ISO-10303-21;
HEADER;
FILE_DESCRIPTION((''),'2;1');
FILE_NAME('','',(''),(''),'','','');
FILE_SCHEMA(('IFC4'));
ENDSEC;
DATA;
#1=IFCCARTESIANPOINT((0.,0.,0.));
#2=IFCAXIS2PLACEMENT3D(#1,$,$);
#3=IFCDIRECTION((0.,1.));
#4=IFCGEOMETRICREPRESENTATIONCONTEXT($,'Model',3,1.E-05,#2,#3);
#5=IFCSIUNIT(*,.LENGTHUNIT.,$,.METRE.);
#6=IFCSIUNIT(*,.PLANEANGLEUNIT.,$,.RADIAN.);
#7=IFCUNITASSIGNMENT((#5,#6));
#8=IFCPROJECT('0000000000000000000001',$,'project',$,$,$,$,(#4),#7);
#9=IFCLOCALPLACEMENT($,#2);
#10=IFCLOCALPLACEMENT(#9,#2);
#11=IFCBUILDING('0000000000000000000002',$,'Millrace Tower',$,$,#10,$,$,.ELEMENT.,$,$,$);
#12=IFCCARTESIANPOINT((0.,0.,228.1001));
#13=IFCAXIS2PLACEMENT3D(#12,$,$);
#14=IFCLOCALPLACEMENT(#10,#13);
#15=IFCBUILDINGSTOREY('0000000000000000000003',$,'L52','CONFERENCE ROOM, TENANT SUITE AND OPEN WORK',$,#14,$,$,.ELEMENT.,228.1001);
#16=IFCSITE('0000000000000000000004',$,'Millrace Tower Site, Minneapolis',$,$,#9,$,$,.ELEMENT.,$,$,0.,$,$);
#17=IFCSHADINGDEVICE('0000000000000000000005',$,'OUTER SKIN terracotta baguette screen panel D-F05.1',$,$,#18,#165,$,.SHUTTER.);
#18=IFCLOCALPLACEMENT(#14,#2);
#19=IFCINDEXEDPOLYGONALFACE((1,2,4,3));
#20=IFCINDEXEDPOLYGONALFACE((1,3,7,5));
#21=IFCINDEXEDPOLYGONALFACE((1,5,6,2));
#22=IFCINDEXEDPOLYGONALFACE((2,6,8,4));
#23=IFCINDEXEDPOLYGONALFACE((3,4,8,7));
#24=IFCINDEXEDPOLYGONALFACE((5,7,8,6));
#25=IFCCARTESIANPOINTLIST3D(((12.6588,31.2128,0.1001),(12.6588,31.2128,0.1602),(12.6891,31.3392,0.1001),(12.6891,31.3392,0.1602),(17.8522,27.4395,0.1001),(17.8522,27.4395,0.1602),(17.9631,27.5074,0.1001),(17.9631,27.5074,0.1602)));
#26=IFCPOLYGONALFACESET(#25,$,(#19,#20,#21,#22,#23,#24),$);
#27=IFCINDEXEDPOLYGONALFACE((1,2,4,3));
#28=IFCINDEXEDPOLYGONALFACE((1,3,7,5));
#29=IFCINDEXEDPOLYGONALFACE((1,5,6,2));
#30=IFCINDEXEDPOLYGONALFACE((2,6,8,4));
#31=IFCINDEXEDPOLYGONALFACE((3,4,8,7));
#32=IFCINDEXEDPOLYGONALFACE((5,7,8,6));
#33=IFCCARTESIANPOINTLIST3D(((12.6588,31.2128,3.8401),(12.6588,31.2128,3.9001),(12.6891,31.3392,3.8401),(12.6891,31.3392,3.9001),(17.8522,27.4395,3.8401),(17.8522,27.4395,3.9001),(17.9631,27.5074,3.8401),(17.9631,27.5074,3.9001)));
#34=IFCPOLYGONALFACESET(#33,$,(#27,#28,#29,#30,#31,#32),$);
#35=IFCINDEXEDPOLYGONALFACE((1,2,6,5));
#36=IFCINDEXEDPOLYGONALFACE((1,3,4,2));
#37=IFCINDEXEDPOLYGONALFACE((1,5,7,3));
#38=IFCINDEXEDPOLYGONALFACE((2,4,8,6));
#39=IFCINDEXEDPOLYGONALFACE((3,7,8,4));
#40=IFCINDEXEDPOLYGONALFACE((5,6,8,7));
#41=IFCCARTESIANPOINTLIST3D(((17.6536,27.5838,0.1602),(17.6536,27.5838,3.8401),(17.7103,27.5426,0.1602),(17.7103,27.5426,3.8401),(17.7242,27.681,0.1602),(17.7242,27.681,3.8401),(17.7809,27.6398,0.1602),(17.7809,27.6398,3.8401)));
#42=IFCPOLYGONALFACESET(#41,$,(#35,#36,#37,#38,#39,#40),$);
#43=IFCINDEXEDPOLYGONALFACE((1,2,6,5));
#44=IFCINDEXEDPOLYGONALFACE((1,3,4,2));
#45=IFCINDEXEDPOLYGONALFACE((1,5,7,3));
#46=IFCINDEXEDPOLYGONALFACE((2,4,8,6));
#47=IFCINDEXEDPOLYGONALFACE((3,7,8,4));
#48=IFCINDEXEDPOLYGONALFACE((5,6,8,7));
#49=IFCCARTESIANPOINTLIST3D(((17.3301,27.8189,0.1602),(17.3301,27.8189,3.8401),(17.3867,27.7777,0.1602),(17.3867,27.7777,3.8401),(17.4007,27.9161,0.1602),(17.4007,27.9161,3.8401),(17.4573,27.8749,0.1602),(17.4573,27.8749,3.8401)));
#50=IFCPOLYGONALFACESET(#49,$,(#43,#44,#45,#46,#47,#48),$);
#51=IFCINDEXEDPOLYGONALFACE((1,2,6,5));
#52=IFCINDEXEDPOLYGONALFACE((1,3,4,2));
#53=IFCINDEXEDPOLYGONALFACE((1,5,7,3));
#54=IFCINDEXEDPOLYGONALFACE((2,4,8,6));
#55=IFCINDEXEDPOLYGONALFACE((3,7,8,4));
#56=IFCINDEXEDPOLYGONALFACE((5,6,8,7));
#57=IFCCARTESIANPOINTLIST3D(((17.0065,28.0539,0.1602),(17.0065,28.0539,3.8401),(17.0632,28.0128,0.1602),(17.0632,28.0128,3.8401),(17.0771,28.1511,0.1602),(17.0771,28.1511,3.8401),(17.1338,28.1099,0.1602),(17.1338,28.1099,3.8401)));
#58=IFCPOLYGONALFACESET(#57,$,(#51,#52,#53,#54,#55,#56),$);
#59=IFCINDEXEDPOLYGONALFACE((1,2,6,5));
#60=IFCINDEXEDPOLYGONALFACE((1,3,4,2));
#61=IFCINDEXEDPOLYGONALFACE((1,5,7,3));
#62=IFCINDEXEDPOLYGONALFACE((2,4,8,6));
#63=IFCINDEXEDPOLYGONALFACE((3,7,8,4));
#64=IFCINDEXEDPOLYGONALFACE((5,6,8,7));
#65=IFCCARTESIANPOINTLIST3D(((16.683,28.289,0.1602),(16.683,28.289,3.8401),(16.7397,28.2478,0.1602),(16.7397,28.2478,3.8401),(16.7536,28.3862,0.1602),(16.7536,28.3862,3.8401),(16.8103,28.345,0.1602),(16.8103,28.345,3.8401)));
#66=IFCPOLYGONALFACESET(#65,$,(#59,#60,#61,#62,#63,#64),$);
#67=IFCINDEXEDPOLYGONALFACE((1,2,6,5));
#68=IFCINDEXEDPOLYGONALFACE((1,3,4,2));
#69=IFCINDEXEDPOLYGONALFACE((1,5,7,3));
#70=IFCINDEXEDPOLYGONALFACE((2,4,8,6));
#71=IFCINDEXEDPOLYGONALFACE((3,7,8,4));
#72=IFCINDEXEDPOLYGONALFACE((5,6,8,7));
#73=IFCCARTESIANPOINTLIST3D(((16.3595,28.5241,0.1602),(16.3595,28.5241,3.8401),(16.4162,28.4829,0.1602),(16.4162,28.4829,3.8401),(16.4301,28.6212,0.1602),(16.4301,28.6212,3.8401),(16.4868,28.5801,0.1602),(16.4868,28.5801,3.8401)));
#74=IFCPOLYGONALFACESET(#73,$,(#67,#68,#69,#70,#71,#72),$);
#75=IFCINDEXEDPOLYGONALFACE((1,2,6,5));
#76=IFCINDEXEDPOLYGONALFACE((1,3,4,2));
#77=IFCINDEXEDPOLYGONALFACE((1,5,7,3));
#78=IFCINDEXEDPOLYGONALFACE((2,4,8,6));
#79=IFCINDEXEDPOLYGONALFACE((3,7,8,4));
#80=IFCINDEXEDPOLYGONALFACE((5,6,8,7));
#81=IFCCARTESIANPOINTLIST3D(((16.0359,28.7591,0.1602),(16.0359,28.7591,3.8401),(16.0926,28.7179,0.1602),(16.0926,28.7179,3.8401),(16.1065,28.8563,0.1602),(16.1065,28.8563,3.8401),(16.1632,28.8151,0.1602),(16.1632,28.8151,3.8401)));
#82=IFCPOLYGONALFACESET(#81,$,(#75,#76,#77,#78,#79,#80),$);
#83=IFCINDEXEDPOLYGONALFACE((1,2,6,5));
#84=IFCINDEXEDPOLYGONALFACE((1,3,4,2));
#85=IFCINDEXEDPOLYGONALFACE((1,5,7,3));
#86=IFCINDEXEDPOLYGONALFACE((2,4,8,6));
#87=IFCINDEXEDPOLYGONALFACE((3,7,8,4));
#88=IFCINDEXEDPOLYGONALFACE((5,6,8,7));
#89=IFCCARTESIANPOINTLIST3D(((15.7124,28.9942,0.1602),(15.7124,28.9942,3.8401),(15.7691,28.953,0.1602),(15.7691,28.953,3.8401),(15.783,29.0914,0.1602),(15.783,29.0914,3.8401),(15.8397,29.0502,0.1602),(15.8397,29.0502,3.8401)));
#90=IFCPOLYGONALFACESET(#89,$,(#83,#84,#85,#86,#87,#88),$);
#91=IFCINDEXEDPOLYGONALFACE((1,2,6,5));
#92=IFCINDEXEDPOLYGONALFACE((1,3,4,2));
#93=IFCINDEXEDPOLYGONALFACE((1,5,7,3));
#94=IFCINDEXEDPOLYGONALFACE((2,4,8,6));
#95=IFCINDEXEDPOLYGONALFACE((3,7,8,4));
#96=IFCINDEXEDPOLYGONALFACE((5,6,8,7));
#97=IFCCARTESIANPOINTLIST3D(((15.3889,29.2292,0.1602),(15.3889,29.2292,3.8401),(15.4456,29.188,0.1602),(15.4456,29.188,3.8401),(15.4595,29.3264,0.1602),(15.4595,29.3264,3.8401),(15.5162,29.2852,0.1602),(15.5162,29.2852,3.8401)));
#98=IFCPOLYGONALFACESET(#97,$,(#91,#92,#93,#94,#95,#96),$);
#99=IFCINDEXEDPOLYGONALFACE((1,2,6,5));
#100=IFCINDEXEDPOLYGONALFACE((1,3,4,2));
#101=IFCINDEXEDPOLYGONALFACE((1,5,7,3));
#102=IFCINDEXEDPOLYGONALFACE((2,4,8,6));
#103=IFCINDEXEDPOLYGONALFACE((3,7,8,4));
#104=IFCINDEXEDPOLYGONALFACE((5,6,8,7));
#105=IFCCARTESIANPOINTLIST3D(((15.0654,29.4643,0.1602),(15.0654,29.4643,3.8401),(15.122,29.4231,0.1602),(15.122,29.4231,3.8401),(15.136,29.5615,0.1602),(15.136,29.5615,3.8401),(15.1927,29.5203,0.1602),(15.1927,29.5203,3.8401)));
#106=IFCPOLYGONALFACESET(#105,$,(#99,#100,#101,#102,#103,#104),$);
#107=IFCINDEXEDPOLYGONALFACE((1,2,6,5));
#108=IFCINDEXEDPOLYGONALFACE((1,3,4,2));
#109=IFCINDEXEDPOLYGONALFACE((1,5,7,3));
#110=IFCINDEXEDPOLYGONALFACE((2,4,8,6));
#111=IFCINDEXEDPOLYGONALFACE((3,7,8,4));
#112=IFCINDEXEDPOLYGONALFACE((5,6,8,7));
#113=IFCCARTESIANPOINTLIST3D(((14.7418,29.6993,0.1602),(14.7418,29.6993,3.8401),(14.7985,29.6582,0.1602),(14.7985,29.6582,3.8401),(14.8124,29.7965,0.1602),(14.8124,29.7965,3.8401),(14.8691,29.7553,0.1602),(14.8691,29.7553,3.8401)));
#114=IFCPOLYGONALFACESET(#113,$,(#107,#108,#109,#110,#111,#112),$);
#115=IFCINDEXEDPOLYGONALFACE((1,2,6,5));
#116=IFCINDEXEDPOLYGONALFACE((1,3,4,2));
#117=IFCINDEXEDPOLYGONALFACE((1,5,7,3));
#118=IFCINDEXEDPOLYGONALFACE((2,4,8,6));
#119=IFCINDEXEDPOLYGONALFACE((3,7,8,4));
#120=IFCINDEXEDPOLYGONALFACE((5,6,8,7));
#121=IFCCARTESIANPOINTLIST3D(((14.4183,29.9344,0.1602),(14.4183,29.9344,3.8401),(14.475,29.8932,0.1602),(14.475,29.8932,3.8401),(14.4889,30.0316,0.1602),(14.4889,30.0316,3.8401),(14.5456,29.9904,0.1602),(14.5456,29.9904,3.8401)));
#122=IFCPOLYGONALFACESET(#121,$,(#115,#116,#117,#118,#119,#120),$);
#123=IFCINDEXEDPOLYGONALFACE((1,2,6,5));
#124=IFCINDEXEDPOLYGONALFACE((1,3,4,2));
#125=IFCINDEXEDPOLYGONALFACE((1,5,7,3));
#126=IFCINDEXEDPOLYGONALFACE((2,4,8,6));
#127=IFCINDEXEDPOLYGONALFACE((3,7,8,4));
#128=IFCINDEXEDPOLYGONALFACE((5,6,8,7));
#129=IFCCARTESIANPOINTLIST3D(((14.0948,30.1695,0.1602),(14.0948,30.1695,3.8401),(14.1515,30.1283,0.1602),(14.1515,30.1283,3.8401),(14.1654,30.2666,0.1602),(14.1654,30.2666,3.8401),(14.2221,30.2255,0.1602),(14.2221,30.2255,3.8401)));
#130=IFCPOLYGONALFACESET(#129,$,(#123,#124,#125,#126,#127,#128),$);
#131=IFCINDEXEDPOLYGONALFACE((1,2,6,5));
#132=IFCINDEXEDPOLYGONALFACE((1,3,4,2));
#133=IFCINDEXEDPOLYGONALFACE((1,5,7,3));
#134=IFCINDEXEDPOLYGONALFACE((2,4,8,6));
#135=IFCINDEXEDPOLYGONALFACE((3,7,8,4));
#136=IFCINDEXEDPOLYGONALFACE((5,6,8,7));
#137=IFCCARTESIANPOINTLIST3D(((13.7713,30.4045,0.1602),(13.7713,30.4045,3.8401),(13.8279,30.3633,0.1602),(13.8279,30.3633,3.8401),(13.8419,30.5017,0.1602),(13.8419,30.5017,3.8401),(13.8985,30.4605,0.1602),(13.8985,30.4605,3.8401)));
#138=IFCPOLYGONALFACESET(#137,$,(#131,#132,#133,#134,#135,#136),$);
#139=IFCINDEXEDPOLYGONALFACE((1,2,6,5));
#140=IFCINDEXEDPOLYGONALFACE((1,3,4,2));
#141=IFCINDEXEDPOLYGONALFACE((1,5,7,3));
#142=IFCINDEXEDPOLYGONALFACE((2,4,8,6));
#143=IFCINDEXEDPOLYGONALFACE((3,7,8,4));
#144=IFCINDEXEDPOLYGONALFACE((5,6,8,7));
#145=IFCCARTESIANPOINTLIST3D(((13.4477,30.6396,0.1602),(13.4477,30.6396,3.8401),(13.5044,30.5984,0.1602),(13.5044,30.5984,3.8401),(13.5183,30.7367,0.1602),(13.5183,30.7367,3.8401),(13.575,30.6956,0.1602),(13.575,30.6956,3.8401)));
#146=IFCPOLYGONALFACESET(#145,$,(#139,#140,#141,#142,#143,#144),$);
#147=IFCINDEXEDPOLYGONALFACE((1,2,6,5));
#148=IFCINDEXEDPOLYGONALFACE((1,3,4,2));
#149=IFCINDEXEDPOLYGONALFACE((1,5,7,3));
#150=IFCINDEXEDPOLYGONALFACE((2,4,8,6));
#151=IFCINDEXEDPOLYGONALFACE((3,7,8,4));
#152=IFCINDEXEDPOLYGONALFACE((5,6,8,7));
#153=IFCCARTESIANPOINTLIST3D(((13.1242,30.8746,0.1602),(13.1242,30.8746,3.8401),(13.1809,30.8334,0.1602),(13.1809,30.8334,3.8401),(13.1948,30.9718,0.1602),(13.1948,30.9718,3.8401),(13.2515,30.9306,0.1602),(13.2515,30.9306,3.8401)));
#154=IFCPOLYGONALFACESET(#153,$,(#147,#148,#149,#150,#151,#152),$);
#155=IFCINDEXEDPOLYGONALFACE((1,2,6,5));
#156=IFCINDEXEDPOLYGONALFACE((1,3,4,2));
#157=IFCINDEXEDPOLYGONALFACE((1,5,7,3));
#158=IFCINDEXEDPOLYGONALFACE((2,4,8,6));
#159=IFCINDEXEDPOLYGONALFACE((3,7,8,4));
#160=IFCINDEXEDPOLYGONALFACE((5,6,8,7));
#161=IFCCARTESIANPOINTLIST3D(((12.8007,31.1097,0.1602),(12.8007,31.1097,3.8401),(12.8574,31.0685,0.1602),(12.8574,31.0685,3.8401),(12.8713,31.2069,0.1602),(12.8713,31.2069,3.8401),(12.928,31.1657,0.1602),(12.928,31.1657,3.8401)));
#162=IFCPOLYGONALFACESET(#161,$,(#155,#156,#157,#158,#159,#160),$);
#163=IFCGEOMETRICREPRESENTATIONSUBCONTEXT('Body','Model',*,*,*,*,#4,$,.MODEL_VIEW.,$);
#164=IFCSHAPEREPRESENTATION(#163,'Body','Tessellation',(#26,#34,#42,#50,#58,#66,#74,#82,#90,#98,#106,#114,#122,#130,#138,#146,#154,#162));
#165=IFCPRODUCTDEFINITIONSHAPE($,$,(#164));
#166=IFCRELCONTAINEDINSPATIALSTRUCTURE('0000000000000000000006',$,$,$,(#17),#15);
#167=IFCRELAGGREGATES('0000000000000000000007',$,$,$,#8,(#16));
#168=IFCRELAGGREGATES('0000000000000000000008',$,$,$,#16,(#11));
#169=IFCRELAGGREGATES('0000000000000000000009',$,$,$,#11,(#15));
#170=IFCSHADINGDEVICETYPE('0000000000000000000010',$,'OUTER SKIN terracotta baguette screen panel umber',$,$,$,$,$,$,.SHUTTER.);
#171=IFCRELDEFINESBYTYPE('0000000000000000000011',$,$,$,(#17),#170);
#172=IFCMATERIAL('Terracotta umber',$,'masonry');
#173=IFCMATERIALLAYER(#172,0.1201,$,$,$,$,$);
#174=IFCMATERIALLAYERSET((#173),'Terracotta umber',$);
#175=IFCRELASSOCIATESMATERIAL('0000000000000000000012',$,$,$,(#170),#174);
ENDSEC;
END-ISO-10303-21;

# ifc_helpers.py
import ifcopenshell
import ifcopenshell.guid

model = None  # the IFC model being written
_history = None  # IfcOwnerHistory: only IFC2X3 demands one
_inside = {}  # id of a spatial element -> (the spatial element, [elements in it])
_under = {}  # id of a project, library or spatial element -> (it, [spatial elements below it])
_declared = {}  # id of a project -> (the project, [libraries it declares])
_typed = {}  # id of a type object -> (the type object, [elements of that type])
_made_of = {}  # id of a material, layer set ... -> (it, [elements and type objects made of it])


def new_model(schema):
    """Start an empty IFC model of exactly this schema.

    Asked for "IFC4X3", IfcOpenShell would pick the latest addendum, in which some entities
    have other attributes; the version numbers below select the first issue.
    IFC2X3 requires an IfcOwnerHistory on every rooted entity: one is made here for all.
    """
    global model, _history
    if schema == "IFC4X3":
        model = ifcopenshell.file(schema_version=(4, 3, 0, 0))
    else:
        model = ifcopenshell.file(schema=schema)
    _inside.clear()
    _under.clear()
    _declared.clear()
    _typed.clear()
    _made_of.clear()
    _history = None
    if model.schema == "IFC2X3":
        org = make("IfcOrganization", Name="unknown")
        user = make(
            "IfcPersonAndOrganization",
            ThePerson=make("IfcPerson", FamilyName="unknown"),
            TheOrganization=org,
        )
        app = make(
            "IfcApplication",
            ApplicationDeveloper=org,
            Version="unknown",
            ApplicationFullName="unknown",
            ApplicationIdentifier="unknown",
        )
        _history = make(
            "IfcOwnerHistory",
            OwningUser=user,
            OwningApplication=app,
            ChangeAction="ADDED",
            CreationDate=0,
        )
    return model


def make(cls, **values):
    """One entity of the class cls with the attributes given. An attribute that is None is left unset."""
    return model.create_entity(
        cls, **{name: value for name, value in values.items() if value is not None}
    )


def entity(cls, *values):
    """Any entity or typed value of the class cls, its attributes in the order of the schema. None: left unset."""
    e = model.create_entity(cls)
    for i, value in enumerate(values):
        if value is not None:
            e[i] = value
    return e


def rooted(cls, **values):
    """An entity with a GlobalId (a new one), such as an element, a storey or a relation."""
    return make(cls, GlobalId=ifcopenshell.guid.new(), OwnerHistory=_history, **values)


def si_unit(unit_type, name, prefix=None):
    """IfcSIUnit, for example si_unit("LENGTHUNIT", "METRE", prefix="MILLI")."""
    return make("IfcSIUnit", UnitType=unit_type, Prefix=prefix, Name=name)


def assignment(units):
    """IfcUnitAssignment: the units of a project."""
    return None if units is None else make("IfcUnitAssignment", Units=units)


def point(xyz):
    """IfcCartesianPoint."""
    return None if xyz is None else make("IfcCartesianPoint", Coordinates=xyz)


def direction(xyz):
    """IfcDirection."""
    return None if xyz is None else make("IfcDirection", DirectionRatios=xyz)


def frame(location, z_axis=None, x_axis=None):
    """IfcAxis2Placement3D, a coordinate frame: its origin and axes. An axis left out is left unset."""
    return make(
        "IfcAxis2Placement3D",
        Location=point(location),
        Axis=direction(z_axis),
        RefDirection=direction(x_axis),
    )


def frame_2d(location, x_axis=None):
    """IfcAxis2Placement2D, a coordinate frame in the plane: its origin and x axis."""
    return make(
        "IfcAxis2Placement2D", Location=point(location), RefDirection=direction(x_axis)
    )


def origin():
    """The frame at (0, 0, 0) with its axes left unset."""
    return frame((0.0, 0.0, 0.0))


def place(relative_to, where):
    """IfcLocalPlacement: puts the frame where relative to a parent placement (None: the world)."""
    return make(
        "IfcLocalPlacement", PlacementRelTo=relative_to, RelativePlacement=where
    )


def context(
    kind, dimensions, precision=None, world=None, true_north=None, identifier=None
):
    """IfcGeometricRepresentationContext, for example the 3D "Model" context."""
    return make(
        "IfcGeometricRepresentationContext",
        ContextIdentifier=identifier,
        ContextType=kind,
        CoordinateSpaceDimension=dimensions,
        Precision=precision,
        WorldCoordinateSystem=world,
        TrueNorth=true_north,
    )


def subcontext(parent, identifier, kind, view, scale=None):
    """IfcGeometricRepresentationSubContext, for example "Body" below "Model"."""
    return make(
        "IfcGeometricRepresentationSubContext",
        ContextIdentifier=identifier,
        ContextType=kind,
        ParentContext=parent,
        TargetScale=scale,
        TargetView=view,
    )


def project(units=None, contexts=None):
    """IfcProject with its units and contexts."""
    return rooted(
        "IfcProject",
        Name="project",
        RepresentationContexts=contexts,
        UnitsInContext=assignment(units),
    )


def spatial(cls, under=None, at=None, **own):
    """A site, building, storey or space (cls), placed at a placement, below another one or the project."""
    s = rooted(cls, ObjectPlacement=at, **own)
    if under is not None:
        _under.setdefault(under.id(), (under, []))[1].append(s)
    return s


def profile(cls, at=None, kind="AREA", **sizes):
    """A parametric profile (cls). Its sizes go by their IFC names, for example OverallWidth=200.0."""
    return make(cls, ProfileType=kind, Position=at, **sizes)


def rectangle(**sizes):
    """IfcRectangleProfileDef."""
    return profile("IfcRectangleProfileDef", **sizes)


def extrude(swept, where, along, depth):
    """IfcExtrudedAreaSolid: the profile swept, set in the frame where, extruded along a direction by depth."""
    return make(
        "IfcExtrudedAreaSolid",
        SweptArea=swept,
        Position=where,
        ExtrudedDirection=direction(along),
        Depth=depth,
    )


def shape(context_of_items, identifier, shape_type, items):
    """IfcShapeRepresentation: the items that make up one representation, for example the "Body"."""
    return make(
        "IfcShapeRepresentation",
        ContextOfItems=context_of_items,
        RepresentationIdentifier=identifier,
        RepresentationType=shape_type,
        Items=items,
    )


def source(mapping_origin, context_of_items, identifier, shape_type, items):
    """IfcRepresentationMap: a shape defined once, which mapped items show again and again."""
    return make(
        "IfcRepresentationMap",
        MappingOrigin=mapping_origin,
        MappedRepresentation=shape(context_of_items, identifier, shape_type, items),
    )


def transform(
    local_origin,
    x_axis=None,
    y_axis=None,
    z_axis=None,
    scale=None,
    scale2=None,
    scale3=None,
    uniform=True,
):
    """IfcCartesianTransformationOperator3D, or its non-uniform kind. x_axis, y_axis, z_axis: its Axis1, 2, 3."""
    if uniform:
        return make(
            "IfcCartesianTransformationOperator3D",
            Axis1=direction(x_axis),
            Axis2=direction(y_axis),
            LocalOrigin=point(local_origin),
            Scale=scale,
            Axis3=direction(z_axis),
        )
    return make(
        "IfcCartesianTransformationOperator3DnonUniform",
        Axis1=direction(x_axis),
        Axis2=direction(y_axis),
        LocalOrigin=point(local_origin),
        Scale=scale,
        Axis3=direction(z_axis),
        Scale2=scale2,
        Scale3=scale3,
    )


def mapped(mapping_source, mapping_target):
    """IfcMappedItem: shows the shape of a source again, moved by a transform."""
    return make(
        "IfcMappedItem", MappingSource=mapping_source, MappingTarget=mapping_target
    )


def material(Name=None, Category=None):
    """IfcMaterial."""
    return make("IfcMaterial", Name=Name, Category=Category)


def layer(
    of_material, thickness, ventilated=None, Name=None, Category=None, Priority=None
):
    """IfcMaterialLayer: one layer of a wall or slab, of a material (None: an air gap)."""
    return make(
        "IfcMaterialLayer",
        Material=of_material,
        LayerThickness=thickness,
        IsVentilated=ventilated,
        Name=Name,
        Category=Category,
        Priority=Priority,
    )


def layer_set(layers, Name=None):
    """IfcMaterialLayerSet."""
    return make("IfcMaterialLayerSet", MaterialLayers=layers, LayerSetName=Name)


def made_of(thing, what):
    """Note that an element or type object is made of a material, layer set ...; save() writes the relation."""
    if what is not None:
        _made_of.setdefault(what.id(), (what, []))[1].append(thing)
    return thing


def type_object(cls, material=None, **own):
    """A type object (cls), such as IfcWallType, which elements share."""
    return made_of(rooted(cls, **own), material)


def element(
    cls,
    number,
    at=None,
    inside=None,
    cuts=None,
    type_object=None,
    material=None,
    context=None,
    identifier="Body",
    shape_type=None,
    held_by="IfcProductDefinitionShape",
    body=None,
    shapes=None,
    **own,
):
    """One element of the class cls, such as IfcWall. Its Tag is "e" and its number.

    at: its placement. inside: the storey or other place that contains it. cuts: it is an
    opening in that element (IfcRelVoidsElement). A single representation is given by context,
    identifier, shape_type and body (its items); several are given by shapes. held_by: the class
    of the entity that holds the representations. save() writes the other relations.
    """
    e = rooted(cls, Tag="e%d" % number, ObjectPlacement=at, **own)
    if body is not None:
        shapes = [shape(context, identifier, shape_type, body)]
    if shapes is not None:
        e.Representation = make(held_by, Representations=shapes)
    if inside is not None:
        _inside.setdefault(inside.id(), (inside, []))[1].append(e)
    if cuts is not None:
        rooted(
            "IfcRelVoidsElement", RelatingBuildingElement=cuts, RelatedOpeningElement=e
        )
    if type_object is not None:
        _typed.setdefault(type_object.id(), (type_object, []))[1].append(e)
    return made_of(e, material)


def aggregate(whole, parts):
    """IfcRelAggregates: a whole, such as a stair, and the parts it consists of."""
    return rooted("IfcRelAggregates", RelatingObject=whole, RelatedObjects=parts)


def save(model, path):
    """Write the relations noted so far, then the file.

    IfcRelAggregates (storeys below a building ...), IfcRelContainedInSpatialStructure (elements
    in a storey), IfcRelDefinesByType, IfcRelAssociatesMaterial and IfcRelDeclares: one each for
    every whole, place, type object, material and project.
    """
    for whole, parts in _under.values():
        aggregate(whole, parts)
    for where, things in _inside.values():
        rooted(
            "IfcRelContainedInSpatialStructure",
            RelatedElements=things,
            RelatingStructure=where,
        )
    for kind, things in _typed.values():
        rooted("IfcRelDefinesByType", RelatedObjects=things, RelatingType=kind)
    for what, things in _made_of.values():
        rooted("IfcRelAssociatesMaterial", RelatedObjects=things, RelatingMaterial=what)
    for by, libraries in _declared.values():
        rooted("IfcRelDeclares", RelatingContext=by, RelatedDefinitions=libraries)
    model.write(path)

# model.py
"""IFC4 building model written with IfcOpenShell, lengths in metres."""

from ifc_helpers import new_model, entity, si_unit, direction, frame, frame_2d, origin, place, context, subcontext, project, spatial, rectangle, extrude, source, transform, mapped, material, layer, layer_set, type_object, element, save


model = new_model("IFC4")

# Units and contexts
model_context = context("Model", 3, precision=1e-05, world=origin(), true_north=direction((0.0, 1.0)))
body_context = subcontext(model_context, "Body", "Model", "MODEL_VIEW")
ifc_project = project(units=[si_unit("LENGTHUNIT", "METRE"), si_unit("PLANEANGLEUNIT", "RADIAN")], contexts=[model_context])

# Site, building, storey
site_placement = place(None, origin())
site = spatial("IfcSite", under=ifc_project, at=site_placement, Name="Millrace Tower Site, Minneapolis", CompositionType="ELEMENT", RefElevation=0.0)
building_placement = place(site_placement, origin())
building = spatial("IfcBuilding", under=site, at=building_placement, Name="Millrace Tower", CompositionType="ELEMENT")
storey_placement = place(building_placement, frame((0.0, 0.0, 228.1001)))
storey = spatial("IfcBuildingStorey", under=building, at=storey_placement, Name="L52", Description="CONFERENCE ROOM, TENANT SUITE AND OPEN WORK", CompositionType="ELEMENT", Elevation=228.1001)

# Shading device
ifc_material_1 = material(Name="Terracotta umber", Category="masonry")
ifc_layer_1 = layer(ifc_material_1, 0.1201)
ifc_layer_set_1 = layer_set([ifc_layer_1], Name="Terracotta umber")
shading_device_type = type_object("IfcShadingDeviceType", Name="OUTER SKIN terracotta baguette screen panel umber", PredefinedType="SHUTTER", material=ifc_layer_set_1)
cartesian_point_1 = entity("IfcCartesianPoint", [-3.2097, 0.0601])
shared_polyline_1 = entity("IfcPolyline", [cartesian_point_1, entity("IfcCartesianPoint", [3.2097, 0.0601]), entity("IfcCartesianPoint", [3.2595, -0.0601]), entity("IfcCartesianPoint", [-3.2595, -0.0601]), cartesian_point_1])
shared_shape_1 = source(origin(), body_context, "Body", "SweptSolid", [
    entity("IfcExtrudedAreaSolid", entity("IfcArbitraryClosedProfileDef", "AREA", None, shared_polyline_1), entity("IfcAxis2Placement3D", entity("IfcCartesianPoint", [0.0, 0.0, 0.0])), entity("IfcDirection", [0.0, 0.0, 1.0]), 0.0601),
    entity("IfcExtrudedAreaSolid", entity("IfcArbitraryClosedProfileDef", "AREA", None, shared_polyline_1), entity("IfcAxis2Placement3D", entity("IfcCartesianPoint", [0.0, 0.0, 3.74])), entity("IfcDirection", [0.0, 0.0, 1.0]), 0.0601),
    extrude(rectangle(XDim=0.0701, YDim=0.1201, at=frame_2d((-2.9993, 0.0))), frame((0.0, 0.0, 0.0601)), (0.0, 0.0, 1.0), 3.6799),
    extrude(rectangle(XDim=0.0701, YDim=0.1201, at=frame_2d((-2.5994, 0.0))), frame((0.0, 0.0, 0.0601)), (0.0, 0.0, 1.0), 3.6799),
    extrude(rectangle(XDim=0.0701, YDim=0.1201, at=frame_2d((-2.1995, 0.0))), frame((0.0, 0.0, 0.0601)), (0.0, 0.0, 1.0), 3.6799),
    extrude(rectangle(XDim=0.0701, YDim=0.1201, at=frame_2d((-1.7996, 0.0))), frame((0.0, 0.0, 0.0601)), (0.0, 0.0, 1.0), 3.6799),
    extrude(rectangle(XDim=0.0701, YDim=0.1201, at=frame_2d((-1.3997, 0.0))), frame((0.0, 0.0, 0.0601)), (0.0, 0.0, 1.0), 3.6799),
    extrude(rectangle(XDim=0.0701, YDim=0.1201, at=frame_2d((-0.9998, 0.0))), frame((0.0, 0.0, 0.0601)), (0.0, 0.0, 1.0), 3.6799),
    extrude(rectangle(XDim=0.0701, YDim=0.1201, at=frame_2d((-0.5999, 0.0))), frame((0.0, 0.0, 0.0601)), (0.0, 0.0, 1.0), 3.6799),
    extrude(rectangle(XDim=0.0701, YDim=0.1201, at=frame_2d((-0.2, 0.0))), frame((0.0, 0.0, 0.0601)), (0.0, 0.0, 1.0), 3.6799),
    extrude(rectangle(XDim=0.0701, YDim=0.1201, at=frame_2d((0.2, 0.0))), frame((0.0, 0.0, 0.0601)), (0.0, 0.0, 1.0), 3.6799),
    extrude(rectangle(XDim=0.0701, YDim=0.1201, at=frame_2d((0.5999, 0.0))), frame((0.0, 0.0, 0.0601)), (0.0, 0.0, 1.0), 3.6799),
    extrude(rectangle(XDim=0.0701, YDim=0.1201, at=frame_2d((0.9998, 0.0))), frame((0.0, 0.0, 0.0601)), (0.0, 0.0, 1.0), 3.6799),
    extrude(rectangle(XDim=0.0701, YDim=0.1201, at=frame_2d((1.3997, 0.0))), frame((0.0, 0.0, 0.0601)), (0.0, 0.0, 1.0), 3.6799),
    extrude(rectangle(XDim=0.0701, YDim=0.1201, at=frame_2d((1.7996, 0.0))), frame((0.0, 0.0, 0.0601)), (0.0, 0.0, 1.0), 3.6799),
    extrude(rectangle(XDim=0.0701, YDim=0.1201, at=frame_2d((2.1995, 0.0))), frame((0.0, 0.0, 0.0601)), (0.0, 0.0, 1.0), 3.6799),
    extrude(rectangle(XDim=0.0701, YDim=0.1201, at=frame_2d((2.5994, 0.0))), frame((0.0, 0.0, 0.0601)), (0.0, 0.0, 1.0), 3.6799),
    extrude(rectangle(XDim=0.0701, YDim=0.1201, at=frame_2d((2.9993, 0.0))), frame((0.0, 0.0, 0.0601)), (0.0, 0.0, 1.0), 3.6799),
])
shading_device_1_placement = place(storey_placement, frame((15.2908, 29.3748, 0.1001), z_axis=(0.0, 0.0, 1.0), x_axis=(-0.809017, 0.587785, 0.0)))
element("IfcShadingDevice", 1, at=shading_device_1_placement, inside=storey, type_object=shading_device_type, Name="OUTER SKIN terracotta baguette screen panel D-F05.1", PredefinedType="SHUTTER", context=body_context, shape_type="MappedRepresentation", body=[
    mapped(shared_shape_1, transform((0.0, 0.0, 0.0), scale=1.0)),
])

save(model, "model.ifc")
